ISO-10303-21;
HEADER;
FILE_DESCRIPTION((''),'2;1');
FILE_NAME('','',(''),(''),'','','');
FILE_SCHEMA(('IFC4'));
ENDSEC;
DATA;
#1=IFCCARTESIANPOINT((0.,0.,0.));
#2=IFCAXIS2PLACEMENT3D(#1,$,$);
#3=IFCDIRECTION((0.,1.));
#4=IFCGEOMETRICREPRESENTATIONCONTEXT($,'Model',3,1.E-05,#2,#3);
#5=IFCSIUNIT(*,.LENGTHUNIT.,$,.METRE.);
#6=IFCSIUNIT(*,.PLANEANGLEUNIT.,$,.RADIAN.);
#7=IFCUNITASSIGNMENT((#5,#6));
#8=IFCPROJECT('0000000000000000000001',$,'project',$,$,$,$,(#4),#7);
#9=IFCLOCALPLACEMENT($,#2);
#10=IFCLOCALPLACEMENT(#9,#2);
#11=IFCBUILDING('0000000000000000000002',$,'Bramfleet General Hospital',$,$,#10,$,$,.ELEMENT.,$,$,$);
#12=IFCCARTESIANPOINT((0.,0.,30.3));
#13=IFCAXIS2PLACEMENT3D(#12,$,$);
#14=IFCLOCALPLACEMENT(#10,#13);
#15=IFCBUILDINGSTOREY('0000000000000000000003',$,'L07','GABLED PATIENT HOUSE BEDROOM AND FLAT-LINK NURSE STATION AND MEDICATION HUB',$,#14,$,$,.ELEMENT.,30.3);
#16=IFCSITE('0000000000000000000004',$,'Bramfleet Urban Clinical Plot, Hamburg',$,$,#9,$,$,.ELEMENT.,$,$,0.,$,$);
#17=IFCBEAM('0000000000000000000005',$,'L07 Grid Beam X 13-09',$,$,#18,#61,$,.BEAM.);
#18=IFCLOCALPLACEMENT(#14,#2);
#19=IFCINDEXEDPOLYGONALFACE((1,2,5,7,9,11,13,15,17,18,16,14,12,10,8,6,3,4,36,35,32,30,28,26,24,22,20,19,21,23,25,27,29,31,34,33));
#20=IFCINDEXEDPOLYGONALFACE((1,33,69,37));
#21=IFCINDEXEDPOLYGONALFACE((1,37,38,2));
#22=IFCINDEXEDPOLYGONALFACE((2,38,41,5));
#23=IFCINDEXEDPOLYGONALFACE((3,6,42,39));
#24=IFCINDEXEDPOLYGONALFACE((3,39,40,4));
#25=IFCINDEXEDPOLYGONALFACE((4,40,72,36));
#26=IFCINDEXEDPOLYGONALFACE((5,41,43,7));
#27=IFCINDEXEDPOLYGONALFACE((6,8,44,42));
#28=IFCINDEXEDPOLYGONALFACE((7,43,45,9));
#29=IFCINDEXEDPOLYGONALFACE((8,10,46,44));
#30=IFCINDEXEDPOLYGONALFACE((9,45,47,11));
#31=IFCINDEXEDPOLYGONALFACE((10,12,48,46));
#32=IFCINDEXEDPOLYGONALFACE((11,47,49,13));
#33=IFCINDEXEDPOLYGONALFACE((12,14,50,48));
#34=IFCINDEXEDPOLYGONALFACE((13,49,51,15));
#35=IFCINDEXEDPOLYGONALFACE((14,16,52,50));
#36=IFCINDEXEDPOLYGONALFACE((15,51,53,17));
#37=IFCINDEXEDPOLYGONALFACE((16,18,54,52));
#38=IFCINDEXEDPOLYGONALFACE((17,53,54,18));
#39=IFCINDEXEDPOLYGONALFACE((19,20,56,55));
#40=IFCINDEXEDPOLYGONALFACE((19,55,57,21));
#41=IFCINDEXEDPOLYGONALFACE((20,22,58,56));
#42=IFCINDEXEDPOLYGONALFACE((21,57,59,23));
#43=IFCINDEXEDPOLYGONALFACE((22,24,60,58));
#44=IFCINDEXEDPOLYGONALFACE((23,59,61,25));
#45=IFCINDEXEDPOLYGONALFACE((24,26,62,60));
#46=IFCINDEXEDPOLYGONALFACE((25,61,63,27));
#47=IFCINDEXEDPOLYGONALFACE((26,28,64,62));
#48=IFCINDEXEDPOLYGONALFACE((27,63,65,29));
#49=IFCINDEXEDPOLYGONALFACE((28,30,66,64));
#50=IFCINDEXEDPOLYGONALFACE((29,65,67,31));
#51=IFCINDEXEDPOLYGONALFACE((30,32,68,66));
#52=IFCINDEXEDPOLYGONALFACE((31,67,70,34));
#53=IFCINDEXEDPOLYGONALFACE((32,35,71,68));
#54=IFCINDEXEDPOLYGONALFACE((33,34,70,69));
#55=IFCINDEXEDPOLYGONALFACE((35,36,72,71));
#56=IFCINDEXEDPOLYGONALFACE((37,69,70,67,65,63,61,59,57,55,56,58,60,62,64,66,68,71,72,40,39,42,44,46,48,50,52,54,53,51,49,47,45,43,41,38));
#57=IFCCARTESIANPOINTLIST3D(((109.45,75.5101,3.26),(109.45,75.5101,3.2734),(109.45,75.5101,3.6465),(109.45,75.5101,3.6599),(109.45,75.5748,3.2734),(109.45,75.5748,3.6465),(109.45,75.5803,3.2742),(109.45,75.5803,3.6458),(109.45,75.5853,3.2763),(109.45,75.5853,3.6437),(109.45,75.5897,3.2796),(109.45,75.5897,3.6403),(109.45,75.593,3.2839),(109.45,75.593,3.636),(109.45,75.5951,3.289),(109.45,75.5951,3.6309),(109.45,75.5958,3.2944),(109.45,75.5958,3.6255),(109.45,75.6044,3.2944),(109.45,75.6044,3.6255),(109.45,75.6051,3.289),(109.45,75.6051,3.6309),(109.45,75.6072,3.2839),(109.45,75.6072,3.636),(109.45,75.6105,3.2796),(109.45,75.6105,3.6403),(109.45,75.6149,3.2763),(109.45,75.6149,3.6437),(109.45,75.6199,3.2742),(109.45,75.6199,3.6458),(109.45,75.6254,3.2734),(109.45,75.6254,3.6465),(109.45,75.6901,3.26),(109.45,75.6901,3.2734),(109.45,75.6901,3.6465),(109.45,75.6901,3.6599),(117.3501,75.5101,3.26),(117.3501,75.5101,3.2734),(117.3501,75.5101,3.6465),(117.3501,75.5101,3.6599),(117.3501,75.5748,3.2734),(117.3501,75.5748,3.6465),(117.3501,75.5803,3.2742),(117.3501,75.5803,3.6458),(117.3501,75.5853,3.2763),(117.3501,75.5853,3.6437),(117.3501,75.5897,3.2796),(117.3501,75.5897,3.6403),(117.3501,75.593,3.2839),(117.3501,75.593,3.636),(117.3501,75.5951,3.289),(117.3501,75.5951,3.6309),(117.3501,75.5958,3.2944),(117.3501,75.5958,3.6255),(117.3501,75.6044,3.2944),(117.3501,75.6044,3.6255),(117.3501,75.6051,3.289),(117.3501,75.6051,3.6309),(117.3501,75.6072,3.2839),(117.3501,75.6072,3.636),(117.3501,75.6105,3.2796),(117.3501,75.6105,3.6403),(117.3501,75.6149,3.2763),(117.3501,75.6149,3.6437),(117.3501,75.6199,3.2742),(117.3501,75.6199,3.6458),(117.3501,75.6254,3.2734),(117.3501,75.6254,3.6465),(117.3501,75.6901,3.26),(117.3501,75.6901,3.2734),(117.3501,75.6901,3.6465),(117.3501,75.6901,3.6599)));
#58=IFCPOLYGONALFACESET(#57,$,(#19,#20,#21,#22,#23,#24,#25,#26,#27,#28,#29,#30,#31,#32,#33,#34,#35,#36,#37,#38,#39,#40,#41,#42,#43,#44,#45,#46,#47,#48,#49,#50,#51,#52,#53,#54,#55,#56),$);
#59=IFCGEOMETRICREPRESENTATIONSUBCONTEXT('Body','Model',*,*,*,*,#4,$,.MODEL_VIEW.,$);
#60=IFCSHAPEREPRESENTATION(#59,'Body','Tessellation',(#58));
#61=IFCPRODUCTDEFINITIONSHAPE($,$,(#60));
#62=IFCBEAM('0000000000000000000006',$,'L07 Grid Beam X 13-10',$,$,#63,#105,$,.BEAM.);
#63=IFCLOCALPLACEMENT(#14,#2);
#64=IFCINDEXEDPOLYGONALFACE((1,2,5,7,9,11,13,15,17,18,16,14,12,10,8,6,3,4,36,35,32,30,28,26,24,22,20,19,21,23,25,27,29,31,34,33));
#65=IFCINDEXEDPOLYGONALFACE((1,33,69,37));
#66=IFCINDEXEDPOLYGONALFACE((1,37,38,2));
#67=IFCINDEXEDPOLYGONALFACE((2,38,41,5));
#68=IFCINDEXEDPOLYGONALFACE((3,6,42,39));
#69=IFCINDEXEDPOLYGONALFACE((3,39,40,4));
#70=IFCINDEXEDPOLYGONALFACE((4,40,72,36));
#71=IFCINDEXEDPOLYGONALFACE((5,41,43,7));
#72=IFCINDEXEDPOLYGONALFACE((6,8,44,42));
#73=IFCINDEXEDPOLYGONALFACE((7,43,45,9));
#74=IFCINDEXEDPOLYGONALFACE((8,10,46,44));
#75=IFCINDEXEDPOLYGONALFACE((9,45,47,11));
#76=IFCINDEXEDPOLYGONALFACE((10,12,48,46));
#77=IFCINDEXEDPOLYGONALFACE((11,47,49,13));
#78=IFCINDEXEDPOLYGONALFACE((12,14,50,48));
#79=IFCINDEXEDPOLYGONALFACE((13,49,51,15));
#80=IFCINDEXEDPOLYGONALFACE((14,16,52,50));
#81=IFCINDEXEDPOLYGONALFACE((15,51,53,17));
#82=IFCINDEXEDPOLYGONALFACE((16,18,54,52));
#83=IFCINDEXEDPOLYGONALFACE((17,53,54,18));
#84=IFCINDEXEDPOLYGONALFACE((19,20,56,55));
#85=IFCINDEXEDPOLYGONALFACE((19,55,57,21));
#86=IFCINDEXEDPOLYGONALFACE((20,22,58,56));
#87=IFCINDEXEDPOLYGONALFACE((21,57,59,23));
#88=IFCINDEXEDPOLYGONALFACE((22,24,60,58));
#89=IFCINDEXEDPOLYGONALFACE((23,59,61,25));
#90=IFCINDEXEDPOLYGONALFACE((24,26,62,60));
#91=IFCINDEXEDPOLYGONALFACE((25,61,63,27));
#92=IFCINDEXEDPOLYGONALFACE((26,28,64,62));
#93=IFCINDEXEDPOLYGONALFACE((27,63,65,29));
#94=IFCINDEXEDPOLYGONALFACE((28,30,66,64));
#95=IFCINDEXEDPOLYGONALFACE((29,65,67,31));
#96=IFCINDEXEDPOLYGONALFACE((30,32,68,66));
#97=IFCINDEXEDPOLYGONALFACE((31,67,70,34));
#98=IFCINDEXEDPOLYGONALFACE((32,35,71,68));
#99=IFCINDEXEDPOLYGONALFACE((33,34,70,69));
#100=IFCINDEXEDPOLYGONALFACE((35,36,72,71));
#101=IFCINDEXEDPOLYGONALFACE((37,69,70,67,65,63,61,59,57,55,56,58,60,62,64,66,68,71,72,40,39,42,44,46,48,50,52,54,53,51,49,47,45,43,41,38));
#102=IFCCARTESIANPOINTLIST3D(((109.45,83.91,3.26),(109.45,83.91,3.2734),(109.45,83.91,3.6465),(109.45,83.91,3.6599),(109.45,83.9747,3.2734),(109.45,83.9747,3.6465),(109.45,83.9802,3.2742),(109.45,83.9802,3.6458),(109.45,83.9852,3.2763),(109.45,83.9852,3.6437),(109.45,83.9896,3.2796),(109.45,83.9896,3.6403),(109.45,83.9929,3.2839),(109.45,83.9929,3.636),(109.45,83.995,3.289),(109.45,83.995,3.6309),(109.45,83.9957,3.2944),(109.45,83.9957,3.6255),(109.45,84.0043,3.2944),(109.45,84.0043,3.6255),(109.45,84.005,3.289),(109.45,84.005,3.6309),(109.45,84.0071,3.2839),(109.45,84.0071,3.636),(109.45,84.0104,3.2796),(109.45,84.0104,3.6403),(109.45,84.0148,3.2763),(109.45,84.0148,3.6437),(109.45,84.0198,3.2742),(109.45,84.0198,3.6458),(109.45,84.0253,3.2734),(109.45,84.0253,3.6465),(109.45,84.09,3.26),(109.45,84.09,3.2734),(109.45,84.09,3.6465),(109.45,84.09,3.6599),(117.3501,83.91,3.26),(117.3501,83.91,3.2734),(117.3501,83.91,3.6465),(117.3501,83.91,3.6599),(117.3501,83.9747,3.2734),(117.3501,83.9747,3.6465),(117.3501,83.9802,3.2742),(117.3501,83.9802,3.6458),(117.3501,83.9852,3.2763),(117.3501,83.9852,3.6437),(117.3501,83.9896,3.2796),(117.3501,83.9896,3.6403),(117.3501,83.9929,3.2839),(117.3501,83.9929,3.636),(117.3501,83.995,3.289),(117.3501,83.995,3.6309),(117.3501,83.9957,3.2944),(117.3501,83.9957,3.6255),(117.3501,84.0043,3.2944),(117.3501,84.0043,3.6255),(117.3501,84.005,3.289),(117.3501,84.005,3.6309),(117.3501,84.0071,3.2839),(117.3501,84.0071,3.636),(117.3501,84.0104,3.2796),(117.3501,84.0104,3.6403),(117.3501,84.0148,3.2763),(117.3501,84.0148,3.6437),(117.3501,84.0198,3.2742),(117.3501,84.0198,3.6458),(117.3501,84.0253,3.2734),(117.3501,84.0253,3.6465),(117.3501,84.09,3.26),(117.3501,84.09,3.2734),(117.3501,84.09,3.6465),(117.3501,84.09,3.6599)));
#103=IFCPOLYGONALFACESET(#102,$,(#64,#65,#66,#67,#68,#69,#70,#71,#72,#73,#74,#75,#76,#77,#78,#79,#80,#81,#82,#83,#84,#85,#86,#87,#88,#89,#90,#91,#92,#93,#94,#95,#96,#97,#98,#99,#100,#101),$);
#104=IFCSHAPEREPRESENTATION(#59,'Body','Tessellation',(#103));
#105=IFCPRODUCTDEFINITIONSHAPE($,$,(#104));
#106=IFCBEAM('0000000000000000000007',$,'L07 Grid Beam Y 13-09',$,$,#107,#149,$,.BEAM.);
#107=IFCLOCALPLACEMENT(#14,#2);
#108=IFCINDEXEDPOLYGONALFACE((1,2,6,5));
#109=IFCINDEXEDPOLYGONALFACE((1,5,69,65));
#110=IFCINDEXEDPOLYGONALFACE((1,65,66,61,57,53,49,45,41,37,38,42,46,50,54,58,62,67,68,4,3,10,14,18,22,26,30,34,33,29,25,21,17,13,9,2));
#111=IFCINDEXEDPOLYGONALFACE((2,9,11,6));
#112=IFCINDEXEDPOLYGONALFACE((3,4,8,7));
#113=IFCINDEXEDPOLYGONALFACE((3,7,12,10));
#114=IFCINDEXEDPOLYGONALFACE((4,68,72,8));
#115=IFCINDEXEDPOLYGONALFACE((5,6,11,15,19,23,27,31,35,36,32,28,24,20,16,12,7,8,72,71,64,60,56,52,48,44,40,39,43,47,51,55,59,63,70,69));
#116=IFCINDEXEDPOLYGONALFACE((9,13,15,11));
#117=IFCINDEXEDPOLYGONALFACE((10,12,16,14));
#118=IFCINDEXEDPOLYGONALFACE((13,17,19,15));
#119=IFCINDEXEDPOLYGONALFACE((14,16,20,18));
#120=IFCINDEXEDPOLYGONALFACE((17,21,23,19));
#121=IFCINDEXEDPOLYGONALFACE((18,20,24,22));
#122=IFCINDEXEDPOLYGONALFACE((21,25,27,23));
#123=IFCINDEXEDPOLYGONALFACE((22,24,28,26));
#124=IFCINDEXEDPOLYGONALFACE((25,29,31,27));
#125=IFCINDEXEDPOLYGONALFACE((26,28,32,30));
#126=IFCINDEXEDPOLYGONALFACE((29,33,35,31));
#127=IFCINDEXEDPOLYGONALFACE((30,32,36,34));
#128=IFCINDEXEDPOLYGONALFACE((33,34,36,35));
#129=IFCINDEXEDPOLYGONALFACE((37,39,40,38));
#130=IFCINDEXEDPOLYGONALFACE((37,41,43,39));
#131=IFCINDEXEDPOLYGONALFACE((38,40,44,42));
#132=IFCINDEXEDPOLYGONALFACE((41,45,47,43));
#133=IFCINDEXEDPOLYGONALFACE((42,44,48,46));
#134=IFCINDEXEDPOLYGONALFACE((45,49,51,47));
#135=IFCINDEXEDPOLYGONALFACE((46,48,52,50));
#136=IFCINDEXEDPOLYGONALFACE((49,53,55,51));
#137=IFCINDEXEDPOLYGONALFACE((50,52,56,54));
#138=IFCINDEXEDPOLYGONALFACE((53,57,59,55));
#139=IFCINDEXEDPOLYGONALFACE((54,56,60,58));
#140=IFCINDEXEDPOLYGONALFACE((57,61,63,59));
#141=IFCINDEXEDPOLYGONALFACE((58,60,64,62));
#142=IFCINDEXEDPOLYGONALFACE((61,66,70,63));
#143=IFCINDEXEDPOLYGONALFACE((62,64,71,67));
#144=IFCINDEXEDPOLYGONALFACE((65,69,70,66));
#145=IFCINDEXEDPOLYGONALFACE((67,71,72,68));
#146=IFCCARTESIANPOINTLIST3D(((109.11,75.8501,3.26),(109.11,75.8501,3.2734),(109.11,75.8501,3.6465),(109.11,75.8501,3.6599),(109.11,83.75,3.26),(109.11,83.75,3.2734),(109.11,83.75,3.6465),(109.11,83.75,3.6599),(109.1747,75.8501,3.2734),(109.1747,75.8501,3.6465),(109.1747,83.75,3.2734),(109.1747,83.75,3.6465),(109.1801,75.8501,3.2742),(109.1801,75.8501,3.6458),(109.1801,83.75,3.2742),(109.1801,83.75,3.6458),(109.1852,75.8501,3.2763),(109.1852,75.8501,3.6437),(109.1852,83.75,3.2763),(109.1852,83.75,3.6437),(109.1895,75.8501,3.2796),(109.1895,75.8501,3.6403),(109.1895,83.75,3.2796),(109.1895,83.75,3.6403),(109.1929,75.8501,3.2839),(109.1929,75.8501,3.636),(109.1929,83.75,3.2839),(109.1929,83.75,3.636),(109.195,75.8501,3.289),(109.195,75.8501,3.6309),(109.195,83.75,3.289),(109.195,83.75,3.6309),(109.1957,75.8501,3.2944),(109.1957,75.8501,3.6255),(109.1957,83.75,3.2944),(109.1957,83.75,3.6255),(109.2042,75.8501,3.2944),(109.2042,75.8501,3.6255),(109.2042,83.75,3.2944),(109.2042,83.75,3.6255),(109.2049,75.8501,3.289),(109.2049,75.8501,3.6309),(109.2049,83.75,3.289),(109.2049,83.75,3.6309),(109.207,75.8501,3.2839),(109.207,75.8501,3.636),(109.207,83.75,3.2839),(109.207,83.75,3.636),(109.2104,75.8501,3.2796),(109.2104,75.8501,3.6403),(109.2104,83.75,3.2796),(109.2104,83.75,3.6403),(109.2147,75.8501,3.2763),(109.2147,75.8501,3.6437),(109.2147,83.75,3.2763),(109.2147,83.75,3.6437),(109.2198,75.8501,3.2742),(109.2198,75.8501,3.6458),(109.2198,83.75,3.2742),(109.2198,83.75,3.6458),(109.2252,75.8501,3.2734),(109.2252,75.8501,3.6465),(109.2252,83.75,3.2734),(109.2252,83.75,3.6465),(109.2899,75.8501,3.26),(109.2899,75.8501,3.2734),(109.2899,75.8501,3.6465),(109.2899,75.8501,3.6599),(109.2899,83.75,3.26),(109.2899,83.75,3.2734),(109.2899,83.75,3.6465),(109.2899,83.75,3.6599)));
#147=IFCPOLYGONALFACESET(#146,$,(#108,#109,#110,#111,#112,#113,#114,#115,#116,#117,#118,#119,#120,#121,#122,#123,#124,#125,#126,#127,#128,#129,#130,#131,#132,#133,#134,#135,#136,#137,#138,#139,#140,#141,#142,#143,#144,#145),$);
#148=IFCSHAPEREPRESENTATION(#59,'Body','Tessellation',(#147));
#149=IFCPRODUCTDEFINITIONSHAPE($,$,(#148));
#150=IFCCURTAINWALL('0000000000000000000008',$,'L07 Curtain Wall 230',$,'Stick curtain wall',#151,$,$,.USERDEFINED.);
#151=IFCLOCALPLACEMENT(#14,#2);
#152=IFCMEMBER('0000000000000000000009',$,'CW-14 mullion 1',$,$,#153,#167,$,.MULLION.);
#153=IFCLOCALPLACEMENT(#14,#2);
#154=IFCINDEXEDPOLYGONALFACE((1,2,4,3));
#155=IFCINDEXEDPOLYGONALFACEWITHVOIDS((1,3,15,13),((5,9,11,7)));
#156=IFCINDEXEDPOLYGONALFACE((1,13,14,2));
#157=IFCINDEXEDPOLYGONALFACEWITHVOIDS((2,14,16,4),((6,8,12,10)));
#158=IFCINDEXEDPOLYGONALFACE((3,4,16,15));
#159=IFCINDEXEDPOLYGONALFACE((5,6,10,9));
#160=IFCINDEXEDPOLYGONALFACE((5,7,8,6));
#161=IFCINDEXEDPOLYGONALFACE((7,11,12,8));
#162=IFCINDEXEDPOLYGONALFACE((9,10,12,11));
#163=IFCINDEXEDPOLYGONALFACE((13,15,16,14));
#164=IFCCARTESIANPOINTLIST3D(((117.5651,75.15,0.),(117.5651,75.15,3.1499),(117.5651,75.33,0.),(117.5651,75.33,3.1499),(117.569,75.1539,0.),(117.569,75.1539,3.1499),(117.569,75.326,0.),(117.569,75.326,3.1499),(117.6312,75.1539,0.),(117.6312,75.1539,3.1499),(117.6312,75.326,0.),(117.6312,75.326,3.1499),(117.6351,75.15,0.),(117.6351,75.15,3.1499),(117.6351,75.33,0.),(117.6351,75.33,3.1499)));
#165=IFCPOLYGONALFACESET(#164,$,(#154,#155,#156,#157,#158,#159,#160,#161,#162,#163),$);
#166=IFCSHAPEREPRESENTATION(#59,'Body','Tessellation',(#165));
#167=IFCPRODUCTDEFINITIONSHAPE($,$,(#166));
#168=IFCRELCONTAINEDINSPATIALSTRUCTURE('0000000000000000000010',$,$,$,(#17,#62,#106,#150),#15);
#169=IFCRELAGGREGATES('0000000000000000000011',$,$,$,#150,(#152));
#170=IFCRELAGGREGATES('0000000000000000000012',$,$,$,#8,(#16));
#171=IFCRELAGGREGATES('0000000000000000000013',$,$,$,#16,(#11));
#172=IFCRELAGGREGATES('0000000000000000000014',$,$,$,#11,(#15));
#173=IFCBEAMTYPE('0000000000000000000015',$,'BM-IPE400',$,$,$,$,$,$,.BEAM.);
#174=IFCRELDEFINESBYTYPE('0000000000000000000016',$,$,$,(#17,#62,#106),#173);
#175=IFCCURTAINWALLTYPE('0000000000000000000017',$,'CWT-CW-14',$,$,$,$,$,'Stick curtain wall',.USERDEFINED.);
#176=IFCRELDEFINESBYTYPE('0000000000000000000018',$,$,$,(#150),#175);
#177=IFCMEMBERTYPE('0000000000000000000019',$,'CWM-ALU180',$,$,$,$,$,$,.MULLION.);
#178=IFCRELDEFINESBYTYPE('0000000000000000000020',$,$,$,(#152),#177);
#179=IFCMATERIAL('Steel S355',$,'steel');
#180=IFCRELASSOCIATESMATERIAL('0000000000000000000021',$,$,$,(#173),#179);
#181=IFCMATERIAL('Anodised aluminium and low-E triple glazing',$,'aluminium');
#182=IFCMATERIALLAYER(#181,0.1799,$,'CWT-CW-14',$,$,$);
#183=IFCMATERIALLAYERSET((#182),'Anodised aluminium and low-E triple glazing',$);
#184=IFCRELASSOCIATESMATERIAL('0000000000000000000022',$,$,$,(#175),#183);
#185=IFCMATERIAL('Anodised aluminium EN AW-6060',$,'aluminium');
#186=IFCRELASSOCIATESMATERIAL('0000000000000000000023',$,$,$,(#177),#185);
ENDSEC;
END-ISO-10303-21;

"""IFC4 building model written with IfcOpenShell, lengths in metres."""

from ifc_helpers import new_model, si_unit, direction, frame, origin, origin_2d, place, context, subcontext, project, spatial, hollow_rectangle, i_section, extrude, material, layer, layer_set, material_profile, profile_set, type_object, element, aggregate, save


model = new_model("IFC4")

# Units and contexts
model_context = context("Model", 3, precision=1e-05, world=origin(), true_north=direction((0.0, 1.0)))
body_context = subcontext(model_context, "Body", "Model", "MODEL_VIEW")
ifc_project = project(units=[si_unit("LENGTHUNIT", "METRE"), si_unit("PLANEANGLEUNIT", "RADIAN")], contexts=[model_context])

# Site, building, storey
site_placement = place(None, origin())
site = spatial("IfcSite", under=ifc_project, at=site_placement, Name="Bramfleet Urban Clinical Plot, Hamburg", CompositionType="ELEMENT", RefElevation=0.0)
building_placement = place(site_placement, origin())
building = spatial("IfcBuilding", under=site, at=building_placement, Name="Bramfleet General Hospital", CompositionType="ELEMENT")
storey_placement = place(building_placement, frame((0.0, 0.0, 30.3)))
storey = spatial("IfcBuildingStorey", under=building, at=storey_placement, Name="L07", Description="GABLED PATIENT HOUSE BEDROOM AND FLAT-LINK NURSE STATION AND MEDICATION HUB", CompositionType="ELEMENT", Elevation=30.3)

# Beams
ifc_material_1 = material(Name="Steel S355", Category="steel")
ifc_material_profile_1 = material_profile(ifc_material_1, i_section(OverallWidth=0.1799, OverallDepth=0.3999, WebThickness=0.0085, FlangeThickness=0.0134, FilletRadius=0.021, at=origin_2d()), Name="IPE 400")
ifc_profile_set_1 = profile_set([ifc_material_profile_1], Name="Steel S355")
beam_type_1 = type_object("IfcBeamType", Name="BM-IPE400", PredefinedType="BEAM", material=ifc_profile_set_1)
for number, where, z_axis, x_axis, name in (
    (1, (109.45, 75.6001, 3.46), (1.0, 0.0, 0.0), (0.0, 1.0, 0.0), "L07 Grid Beam X 13-09"),
    (2, (109.45, 84.0, 3.46), (1.0, 0.0, 0.0), (0.0, 1.0, 0.0), "L07 Grid Beam X 13-10"),
):
    element("IfcBeam", number, at=place(storey_placement, frame(where, z_axis=z_axis, x_axis=x_axis)), inside=storey, type_object=beam_type_1, Name=name, PredefinedType="BEAM", context=body_context, shape_type="SweptSolid", body=[
        extrude(i_section(OverallWidth=0.1799, OverallDepth=0.3999, WebThickness=0.0085, FlangeThickness=0.0134, FilletRadius=0.021, at=origin_2d()), origin(), (0.0, 0.0, 1.0), 7.9001),
    ])
beam_1_placement = place(storey_placement, frame((109.2, 75.8501, 3.46), z_axis=(0.0, 1.0, 0.0), x_axis=(-1.0, 0.0, 0.0)))
element("IfcBeam", 3, at=beam_1_placement, inside=storey, type_object=beam_type_1, Name="L07 Grid Beam Y 13-09", PredefinedType="BEAM", context=body_context, shape_type="SweptSolid", body=[
    extrude(i_section(OverallWidth=0.1799, OverallDepth=0.3999, WebThickness=0.0085, FlangeThickness=0.0134, FilletRadius=0.021, at=origin_2d()), origin(), (0.0, 0.0, 1.0), 7.8999),
])

# Curtain wall, member
ifc_material_2 = material(Name="Anodised aluminium and low-E triple glazing", Category="aluminium")
ifc_layer_1 = layer(ifc_material_2, 0.1799, Name="CWT-CW-14")
ifc_layer_set_1 = layer_set([ifc_layer_1], Name="Anodised aluminium and low-E triple glazing")
curtain_wall_type = type_object("IfcCurtainWallType", Name="CWT-CW-14", ElementType="Stick curtain wall", PredefinedType="USERDEFINED", material=ifc_layer_set_1)
curtain_wall_placement = place(storey_placement, origin())
curtain_wall = element("IfcCurtainWall", 4, at=curtain_wall_placement, inside=storey, type_object=curtain_wall_type, Name="L07 Curtain Wall 230", ObjectType="Stick curtain wall", PredefinedType="USERDEFINED")
ifc_material_3 = material(Name="Anodised aluminium EN AW-6060", Category="aluminium")
ifc_material_profile_2 = material_profile(ifc_material_3, hollow_rectangle(XDim=0.0701, YDim=0.1799, WallThickness=0.0039, at=origin_2d()), Name="ALU 180x70x4.0")
ifc_profile_set_2 = profile_set([ifc_material_profile_2], Name="Anodised aluminium EN AW-6060")
member_type = type_object("IfcMemberType", Name="CWM-ALU180", PredefinedType="MULLION", material=ifc_profile_set_2)
member_placement = place(storey_placement, frame((117.6001, 75.24, 0.0), z_axis=(0.0, 0.0, 1.0), x_axis=(1.0, 0.0, 0.0)))
member = element("IfcMember", 5, at=member_placement, type_object=member_type, Name="CW-14 mullion 1", PredefinedType="MULLION", context=body_context, shape_type="SweptSolid", body=[
    extrude(hollow_rectangle(XDim=0.0701, YDim=0.1799, WallThickness=0.0039, at=origin_2d()), origin(), (0.0, 0.0, 1.0), 3.1499),
])
aggregate(curtain_wall, [member])

save(model, "model.ifc")
